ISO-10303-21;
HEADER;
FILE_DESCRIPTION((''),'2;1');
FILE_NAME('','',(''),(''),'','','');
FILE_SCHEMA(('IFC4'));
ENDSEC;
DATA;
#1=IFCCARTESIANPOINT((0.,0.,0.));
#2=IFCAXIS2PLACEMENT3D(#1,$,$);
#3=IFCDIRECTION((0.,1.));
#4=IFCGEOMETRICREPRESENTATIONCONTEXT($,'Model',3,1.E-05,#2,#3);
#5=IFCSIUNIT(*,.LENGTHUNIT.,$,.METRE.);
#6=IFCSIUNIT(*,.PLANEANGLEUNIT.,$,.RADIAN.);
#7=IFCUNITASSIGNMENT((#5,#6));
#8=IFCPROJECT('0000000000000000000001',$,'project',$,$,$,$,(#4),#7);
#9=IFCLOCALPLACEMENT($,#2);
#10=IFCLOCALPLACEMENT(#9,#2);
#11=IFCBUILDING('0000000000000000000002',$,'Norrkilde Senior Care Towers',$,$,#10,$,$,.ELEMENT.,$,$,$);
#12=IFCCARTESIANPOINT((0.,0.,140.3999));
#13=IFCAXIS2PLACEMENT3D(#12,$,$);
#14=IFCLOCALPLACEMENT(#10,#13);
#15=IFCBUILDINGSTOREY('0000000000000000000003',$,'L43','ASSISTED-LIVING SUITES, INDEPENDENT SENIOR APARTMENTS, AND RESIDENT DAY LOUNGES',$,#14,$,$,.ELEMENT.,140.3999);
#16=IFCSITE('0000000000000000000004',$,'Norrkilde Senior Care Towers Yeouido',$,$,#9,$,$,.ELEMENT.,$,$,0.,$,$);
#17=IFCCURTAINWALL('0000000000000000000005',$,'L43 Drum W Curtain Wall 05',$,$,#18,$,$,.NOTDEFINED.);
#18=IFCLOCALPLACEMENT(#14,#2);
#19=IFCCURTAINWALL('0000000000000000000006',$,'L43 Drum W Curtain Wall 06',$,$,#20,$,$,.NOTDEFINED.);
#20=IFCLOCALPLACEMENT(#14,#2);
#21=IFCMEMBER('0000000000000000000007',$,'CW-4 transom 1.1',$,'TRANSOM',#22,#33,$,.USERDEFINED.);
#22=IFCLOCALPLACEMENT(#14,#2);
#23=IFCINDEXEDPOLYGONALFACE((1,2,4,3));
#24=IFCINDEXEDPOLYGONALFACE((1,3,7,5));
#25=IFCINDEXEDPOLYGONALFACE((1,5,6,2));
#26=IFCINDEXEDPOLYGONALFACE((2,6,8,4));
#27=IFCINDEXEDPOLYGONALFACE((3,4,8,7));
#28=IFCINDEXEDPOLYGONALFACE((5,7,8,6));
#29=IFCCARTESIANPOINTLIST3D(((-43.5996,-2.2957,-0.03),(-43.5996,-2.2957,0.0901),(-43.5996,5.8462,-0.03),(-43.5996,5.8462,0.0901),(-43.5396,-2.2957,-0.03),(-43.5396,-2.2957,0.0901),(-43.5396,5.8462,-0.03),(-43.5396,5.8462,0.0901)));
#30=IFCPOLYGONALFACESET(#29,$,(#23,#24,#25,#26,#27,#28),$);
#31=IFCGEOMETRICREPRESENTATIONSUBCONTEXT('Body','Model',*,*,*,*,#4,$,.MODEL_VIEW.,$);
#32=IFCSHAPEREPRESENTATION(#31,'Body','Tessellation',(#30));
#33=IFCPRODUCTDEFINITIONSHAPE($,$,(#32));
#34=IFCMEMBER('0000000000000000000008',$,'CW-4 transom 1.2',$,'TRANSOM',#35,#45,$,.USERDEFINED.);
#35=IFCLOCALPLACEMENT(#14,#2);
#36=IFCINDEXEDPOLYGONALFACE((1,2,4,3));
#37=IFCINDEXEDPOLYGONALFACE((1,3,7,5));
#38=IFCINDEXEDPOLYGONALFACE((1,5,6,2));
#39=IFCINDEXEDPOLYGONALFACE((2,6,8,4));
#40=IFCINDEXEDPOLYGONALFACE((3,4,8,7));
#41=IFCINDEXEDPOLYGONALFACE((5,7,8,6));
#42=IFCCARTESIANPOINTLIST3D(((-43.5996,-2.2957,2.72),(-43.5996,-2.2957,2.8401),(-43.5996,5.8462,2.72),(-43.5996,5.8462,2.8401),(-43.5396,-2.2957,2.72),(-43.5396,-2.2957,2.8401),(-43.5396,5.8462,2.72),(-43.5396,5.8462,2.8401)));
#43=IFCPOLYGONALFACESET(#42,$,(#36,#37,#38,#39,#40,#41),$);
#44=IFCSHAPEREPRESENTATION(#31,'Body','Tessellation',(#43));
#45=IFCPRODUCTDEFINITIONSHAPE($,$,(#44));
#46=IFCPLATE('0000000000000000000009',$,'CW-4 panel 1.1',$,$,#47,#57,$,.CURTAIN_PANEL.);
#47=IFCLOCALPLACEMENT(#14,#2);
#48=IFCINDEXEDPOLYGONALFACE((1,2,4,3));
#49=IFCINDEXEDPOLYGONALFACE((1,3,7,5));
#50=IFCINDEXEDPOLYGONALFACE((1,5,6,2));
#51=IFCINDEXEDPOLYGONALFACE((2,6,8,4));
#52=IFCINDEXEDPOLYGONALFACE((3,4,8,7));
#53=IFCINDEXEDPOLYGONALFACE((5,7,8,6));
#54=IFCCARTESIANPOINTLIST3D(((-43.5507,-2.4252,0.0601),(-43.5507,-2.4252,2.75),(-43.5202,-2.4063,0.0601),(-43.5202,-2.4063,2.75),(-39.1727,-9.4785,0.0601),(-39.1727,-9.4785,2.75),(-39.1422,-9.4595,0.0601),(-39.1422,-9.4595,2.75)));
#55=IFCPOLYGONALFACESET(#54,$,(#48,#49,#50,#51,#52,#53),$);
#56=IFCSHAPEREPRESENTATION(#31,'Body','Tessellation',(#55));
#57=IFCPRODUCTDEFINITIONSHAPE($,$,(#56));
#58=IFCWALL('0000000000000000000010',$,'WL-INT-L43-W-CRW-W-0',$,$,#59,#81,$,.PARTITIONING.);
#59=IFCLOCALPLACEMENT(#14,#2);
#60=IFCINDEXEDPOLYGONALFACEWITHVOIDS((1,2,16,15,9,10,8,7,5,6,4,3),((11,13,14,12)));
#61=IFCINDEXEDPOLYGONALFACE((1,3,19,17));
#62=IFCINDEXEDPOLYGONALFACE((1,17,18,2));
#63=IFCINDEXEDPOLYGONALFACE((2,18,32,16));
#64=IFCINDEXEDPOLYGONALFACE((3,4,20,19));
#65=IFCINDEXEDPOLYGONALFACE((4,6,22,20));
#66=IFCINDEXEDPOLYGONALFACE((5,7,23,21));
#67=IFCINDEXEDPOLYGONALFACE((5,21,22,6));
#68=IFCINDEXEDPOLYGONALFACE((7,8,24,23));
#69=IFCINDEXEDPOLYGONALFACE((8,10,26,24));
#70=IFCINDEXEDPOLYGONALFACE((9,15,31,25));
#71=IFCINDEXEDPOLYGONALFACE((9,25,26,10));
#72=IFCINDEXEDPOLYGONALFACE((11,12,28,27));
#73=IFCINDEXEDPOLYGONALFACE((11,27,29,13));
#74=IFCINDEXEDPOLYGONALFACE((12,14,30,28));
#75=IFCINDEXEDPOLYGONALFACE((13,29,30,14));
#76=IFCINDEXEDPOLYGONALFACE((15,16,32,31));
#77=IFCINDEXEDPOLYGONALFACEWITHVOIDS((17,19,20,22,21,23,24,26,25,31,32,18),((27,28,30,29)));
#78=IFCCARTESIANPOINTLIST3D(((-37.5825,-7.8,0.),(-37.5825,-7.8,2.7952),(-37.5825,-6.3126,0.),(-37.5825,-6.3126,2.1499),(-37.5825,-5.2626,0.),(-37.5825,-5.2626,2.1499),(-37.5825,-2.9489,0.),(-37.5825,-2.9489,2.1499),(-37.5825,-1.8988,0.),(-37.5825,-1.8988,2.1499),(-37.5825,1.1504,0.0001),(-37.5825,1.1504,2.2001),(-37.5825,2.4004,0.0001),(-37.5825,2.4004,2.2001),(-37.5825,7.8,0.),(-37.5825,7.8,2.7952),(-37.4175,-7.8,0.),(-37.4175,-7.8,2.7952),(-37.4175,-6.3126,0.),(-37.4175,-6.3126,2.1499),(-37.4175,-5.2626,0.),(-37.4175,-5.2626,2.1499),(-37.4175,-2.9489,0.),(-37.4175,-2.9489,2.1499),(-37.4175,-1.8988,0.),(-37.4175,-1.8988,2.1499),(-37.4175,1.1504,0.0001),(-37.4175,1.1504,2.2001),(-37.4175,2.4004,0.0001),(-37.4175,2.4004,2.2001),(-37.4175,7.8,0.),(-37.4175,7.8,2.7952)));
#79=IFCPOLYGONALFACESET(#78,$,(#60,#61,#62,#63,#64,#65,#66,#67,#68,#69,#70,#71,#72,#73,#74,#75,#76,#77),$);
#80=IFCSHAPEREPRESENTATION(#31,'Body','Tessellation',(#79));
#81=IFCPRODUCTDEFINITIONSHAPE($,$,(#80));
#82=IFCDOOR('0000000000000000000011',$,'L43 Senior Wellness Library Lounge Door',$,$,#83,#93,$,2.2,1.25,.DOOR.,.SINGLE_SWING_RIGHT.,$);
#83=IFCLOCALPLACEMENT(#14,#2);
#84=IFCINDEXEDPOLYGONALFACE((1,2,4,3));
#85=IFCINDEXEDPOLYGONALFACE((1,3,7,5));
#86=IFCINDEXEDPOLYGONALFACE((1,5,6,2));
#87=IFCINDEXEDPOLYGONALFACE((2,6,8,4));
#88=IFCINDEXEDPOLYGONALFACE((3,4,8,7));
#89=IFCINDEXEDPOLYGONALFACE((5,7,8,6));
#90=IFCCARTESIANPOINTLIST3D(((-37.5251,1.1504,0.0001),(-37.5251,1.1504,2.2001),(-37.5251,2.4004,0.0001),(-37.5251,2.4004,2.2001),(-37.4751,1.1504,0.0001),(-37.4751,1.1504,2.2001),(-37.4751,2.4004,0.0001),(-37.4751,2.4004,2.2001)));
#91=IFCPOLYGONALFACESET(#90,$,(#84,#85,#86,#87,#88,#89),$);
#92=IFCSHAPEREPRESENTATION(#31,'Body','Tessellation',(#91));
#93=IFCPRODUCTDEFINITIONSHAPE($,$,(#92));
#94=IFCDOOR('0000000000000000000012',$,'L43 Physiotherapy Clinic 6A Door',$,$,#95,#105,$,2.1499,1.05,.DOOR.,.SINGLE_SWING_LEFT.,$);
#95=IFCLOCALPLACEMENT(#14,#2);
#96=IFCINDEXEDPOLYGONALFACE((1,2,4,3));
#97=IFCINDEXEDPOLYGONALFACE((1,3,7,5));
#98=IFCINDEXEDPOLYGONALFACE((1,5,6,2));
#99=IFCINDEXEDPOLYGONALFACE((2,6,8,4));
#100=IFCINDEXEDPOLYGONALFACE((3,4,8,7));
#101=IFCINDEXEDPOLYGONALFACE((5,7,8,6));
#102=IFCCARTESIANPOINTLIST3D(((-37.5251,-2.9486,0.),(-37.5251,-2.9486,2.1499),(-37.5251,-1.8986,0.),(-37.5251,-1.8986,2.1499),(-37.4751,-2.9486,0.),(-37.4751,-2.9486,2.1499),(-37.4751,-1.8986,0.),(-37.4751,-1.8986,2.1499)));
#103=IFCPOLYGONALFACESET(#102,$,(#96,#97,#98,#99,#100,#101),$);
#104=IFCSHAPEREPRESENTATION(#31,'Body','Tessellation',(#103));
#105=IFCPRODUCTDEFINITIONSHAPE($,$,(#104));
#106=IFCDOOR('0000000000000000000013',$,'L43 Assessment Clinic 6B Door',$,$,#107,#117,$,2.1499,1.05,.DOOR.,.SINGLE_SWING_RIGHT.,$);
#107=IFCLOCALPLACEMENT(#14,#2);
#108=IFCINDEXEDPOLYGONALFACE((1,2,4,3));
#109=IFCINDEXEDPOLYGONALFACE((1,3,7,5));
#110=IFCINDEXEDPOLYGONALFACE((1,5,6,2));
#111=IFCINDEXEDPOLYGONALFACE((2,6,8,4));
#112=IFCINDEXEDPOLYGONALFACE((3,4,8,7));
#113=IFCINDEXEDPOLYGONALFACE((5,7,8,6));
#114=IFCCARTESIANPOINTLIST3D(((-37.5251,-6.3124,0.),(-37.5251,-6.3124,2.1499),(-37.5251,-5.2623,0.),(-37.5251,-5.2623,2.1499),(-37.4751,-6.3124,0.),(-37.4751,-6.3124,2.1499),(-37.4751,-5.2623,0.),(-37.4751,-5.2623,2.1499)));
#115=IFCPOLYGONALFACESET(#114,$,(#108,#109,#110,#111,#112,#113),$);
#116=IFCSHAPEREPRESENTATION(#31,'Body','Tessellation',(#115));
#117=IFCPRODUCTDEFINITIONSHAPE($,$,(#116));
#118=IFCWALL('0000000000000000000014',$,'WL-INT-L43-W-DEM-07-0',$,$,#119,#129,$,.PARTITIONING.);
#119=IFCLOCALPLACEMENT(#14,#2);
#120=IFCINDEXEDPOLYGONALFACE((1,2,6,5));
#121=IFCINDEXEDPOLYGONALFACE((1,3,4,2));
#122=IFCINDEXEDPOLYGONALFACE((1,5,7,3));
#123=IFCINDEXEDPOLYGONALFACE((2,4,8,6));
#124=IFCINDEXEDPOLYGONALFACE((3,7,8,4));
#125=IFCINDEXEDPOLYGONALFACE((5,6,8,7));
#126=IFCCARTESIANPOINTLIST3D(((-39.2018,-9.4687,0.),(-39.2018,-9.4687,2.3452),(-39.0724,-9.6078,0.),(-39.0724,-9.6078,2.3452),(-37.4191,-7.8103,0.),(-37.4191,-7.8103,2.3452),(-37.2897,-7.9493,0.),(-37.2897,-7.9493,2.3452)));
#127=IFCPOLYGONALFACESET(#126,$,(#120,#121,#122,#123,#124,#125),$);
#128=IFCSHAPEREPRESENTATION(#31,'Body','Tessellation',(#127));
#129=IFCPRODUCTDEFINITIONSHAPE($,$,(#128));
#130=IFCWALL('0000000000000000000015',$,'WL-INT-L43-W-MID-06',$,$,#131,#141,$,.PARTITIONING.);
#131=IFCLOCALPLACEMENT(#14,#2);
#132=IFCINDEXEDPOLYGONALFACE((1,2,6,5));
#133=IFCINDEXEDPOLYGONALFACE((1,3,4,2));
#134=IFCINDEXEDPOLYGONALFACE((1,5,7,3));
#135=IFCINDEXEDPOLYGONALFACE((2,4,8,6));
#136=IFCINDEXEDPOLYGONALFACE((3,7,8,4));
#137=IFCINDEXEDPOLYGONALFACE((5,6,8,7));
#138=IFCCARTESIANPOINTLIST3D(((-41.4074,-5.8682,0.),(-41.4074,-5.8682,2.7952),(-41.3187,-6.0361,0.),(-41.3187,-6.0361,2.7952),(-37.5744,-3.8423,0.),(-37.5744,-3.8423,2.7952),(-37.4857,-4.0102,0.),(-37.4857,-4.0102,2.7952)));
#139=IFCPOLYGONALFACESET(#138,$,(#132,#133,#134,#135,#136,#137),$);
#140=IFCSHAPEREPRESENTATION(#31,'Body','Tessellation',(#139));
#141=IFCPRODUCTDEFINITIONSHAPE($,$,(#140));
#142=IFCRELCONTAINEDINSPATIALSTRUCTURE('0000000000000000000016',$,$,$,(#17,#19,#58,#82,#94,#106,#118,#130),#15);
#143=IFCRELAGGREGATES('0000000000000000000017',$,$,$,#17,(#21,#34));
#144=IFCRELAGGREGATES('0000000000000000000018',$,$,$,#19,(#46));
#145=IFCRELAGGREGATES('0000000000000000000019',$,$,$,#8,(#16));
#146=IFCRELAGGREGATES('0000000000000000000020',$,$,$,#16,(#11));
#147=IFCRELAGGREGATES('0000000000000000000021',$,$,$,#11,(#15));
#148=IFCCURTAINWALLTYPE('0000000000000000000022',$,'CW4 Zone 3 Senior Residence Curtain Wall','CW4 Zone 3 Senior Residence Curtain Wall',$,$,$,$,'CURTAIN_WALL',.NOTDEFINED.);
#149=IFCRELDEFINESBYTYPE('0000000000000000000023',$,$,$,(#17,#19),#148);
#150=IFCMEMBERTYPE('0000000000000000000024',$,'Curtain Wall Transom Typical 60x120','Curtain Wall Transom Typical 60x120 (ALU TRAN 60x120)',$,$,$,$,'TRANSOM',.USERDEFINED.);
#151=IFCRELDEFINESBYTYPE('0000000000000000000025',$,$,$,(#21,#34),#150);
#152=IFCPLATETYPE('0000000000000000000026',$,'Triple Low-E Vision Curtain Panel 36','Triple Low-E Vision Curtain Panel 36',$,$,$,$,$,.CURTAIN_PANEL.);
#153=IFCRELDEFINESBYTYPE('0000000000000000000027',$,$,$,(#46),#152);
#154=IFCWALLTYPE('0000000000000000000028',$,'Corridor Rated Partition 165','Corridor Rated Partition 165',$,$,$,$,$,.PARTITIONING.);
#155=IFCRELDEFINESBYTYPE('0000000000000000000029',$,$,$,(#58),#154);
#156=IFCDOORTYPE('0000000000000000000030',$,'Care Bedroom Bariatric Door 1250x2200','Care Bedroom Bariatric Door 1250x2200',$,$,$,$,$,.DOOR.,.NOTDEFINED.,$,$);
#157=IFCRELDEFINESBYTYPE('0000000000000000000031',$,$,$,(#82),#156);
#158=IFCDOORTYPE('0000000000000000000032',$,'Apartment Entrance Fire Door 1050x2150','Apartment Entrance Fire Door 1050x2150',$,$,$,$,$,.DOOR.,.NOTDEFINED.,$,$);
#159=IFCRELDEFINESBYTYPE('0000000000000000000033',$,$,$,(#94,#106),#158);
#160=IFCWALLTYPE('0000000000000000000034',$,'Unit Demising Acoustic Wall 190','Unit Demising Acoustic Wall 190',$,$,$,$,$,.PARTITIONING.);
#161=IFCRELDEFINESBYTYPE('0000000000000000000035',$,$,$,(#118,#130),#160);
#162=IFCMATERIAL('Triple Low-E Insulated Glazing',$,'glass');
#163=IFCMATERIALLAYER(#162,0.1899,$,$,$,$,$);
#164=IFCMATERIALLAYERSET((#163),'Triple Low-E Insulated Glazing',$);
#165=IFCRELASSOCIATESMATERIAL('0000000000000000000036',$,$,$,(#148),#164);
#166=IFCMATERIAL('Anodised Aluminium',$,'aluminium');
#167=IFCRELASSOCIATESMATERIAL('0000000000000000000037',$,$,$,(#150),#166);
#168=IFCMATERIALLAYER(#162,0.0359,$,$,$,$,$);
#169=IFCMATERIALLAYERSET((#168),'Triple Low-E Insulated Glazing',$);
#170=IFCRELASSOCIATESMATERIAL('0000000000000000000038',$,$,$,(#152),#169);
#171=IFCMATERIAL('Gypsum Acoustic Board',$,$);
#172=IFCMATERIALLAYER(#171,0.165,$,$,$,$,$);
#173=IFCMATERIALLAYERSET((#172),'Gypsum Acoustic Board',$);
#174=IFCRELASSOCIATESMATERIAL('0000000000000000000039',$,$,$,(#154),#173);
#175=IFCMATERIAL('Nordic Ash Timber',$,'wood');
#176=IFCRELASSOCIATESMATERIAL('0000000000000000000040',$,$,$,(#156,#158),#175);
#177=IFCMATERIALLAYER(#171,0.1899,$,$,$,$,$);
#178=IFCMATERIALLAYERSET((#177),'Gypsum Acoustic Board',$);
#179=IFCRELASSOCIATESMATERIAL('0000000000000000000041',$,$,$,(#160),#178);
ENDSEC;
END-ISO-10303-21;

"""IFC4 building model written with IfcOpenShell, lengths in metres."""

from ifc_helpers import new_model, si_unit, direction, frame, frame_2d, origin, origin_2d, place, context, subcontext, project, spatial, rectangle, extrude, source, transform, mapped, material, layer, layer_set, material_profile, profile_set, type_object, type_shapes, element, fill, aggregate, save


model = new_model("IFC4")

# Units and contexts
model_context = context("Model", 3, precision=1e-05, world=origin(), true_north=direction((0.0, 1.0)))
body_context = subcontext(model_context, "Body", "Model", "MODEL_VIEW")
ifc_project = project(units=[si_unit("LENGTHUNIT", "METRE"), si_unit("PLANEANGLEUNIT", "RADIAN")], contexts=[model_context])

# Site, building, storey
site_placement = place(None, origin())
site = spatial("IfcSite", under=ifc_project, at=site_placement, Name="Norrkilde Senior Care Towers Yeouido", CompositionType="ELEMENT", RefElevation=0.0)
building_placement = place(site_placement, origin())
building = spatial("IfcBuilding", under=site, at=building_placement, Name="Norrkilde Senior Care Towers", CompositionType="ELEMENT")
storey_placement = place(building_placement, frame((0.0, 0.0, 140.3999)))
storey = spatial("IfcBuildingStorey", under=building, at=storey_placement, Name="L43", Description="ASSISTED-LIVING SUITES, INDEPENDENT SENIOR APARTMENTS, AND RESIDENT DAY LOUNGES", CompositionType="ELEMENT", Elevation=140.3999)

# Curtain wall
ifc_material_1 = material(Name="Triple Low-E Insulated Glazing", Category="glass")
ifc_layer_1 = layer(ifc_material_1, 0.1899)
ifc_layer_set_1 = layer_set([ifc_layer_1], Name="Triple Low-E Insulated Glazing")
curtain_wall_type = type_object("IfcCurtainWallType", Name="CW4 Zone 3 Senior Residence Curtain Wall", Description="CW4 Zone 3 Senior Residence Curtain Wall", ElementType="CURTAIN_WALL", PredefinedType="NOTDEFINED", material=ifc_layer_set_1)
curtain_wall_1_placement = place(storey_placement, origin())
curtain_wall_1 = element("IfcCurtainWall", 1, at=curtain_wall_1_placement, inside=storey, type_object=curtain_wall_type, Name="L43 Drum W Curtain Wall 05", PredefinedType="NOTDEFINED")
ifc_material_2 = material(Name="Anodised Aluminium", Category="aluminium")

# Curtain wall
curtain_wall_2_placement = place(storey_placement, origin())
curtain_wall_2 = element("IfcCurtainWall", 2, at=curtain_wall_2_placement, inside=storey, type_object=curtain_wall_type, Name="L43 Drum W Curtain Wall 06", PredefinedType="NOTDEFINED")

# Members
ifc_material_profile_1 = material_profile(ifc_material_2, rectangle(XDim=0.0601, YDim=0.1201, at=origin_2d()), Name="ALU TRAN 60x120")
ifc_profile_set_1 = profile_set([ifc_material_profile_1], Name="Anodised Aluminium")
member_type_1 = type_object("IfcMemberType", Name="Curtain Wall Transom Typical 60x120", Description="Curtain Wall Transom Typical 60x120 (ALU TRAN 60x120)", ElementType="TRANSOM", PredefinedType="USERDEFINED", material=ifc_profile_set_1)
shared_shape_1 = source(origin(), body_context, "Body", "SweptSolid", [
    extrude(rectangle(XDim=0.0601, YDim=0.1201, at=origin_2d()), origin(), (0.0, 0.0, 1.0), 8.1418),
])
member_1_placement = place(storey_placement, frame((-43.5696, -2.2957, 0.03), z_axis=(0.0, 1.0, 0.0), x_axis=(-1.0, 0.0, 0.0)))
member_1 = element("IfcMember", 3, at=member_1_placement, type_object=member_type_1, Name="CW-4 transom 1.1", ObjectType="TRANSOM", PredefinedType="USERDEFINED", context=body_context, shape_type="MappedRepresentation", body=[
    mapped(shared_shape_1, transform((0.0, 0.0, 0.0), x_axis=(1.0, 0.0, 0.0), y_axis=(0.0, 1.0, 0.0), z_axis=(0.0, 0.0, 1.0), scale=1.0)),
])
member_2_placement = place(storey_placement, frame((-43.5696, -2.2957, 2.78), z_axis=(0.0, 1.0, 0.0), x_axis=(-1.0, 0.0, 0.0)))
member_2 = element("IfcMember", 4, at=member_2_placement, type_object=member_type_1, Name="CW-4 transom 1.2", ObjectType="TRANSOM", PredefinedType="USERDEFINED", context=body_context, shape_type="MappedRepresentation", body=[
    mapped(shared_shape_1, transform((0.0, 0.0, 0.0), x_axis=(1.0, 0.0, 0.0), y_axis=(0.0, 1.0, 0.0), z_axis=(0.0, 0.0, 1.0), scale=1.0)),
])
aggregate(curtain_wall_1, [member_1, member_2])

# Plate
ifc_layer_2 = layer(ifc_material_1, 0.0359)
ifc_layer_set_2 = layer_set([ifc_layer_2], Name="Triple Low-E Insulated Glazing")
plate_type = type_object("IfcPlateType", Name="Triple Low-E Vision Curtain Panel 36", Description="Triple Low-E Vision Curtain Panel 36", PredefinedType="CURTAIN_PANEL", material=ifc_layer_set_2)
shared_shape_2 = source(origin(), body_context, "Body", "SweptSolid", [
    extrude(rectangle(XDim=8.3015, YDim=0.0359, at=origin_2d()), origin(), (0.0, 0.0, 1.0), 2.6899),
])
type_shapes(plate_type, [shared_shape_2])
plate_placement = place(storey_placement, frame((-41.3464, -5.9424, 0.0601), z_axis=(0.0, 0.0, 1.0), x_axis=(-0.527373, 0.849634, 0.0)))
plate = element("IfcPlate", 5, at=plate_placement, type_object=plate_type, Name="CW-4 panel 1.1", PredefinedType="CURTAIN_PANEL", context=body_context, shape_type="MappedRepresentation", body=[
    mapped(shared_shape_2, transform((0.0, 0.0, 0.0), x_axis=(1.0, 0.0, 0.0), y_axis=(0.0, 1.0, 0.0), z_axis=(0.0, 0.0, 1.0), scale=1.0)),
])
aggregate(curtain_wall_2, [plate])

# Wall, openings, doors
ifc_material_3 = material(Name="Gypsum Acoustic Board")
ifc_layer_3 = layer(ifc_material_3, 0.165)
ifc_layer_set_3 = layer_set([ifc_layer_3], Name="Gypsum Acoustic Board")
wall_type_1 = type_object("IfcWallType", Name="Corridor Rated Partition 165", Description="Corridor Rated Partition 165", PredefinedType="PARTITIONING", material=ifc_layer_set_3)
shared_shape_3 = source(origin(), body_context, "Body", "SweptSolid", [
    extrude(rectangle(XDim=15.6001, YDim=0.165, at=frame_2d((7.8, 0.0))), origin(), (0.0, 0.0, 1.0), 2.7952),
])
type_shapes(wall_type_1, [shared_shape_3])
wall_1_placement = place(storey_placement, frame((-37.5, -7.8, 0.0), z_axis=(0.0, 0.0, 1.0), x_axis=(0.0, 1.0, 0.0)))
wall_1 = element("IfcWall", 6, at=wall_1_placement, inside=storey, type_object=wall_type_1, Name="WL-INT-L43-W-CRW-W-0", PredefinedType="PARTITIONING", context=body_context, shape_type="MappedRepresentation", body=[
    mapped(shared_shape_3, transform((0.0, 0.0, 0.0), x_axis=(1.0, 0.0, 0.0), y_axis=(0.0, 1.0, 0.0), z_axis=(0.0, 0.0, 1.0), scale=1.0)),
])
opening_1_placement = place(wall_1_placement, frame((8.9504, 0.0, 0.0)))
opening_1 = element("IfcOpeningElement", 7, at=opening_1_placement, cuts=wall_1, PredefinedType="OPENING", context=body_context, shape_type="SweptSolid", body=[
    extrude(rectangle(XDim=1.25, YDim=2.2, at=frame_2d((0.625, 1.1001))), frame((0.0, 0.0925, 0.0), z_axis=(0.0, -1.0, 0.0), x_axis=(1.0, 0.0, 0.0)), (0.0, 0.0, 1.0), 0.1851),
])
opening_2_placement = place(wall_1_placement, frame((4.8513, 0.0, 0.0)))
opening_2 = element("IfcOpeningElement", 8, at=opening_2_placement, cuts=wall_1, PredefinedType="OPENING", context=body_context, shape_type="SweptSolid", body=[
    extrude(rectangle(XDim=1.05, YDim=2.1499, at=frame_2d((0.5249, 1.075))), frame((0.0, 0.0925, 0.0), z_axis=(0.0, -1.0, 0.0), x_axis=(1.0, 0.0, 0.0)), (0.0, 0.0, 1.0), 0.1851),
])
opening_3_placement = place(wall_1_placement, frame((1.4875, 0.0, 0.0)))
opening_3 = element("IfcOpeningElement", 9, at=opening_3_placement, cuts=wall_1, PredefinedType="OPENING", context=body_context, shape_type="SweptSolid", body=[
    extrude(rectangle(XDim=1.05, YDim=2.1499, at=frame_2d((0.5249, 1.075))), frame((0.0, 0.0925, 0.0), z_axis=(0.0, -1.0, 0.0), x_axis=(1.0, 0.0, 0.0)), (0.0, 0.0, 1.0), 0.1851),
])
ifc_material_4 = material(Name="Nordic Ash Timber", Category="wood")
door_type_1 = type_object("IfcDoorType", Name="Care Bedroom Bariatric Door 1250x2200", Description="Care Bedroom Bariatric Door 1250x2200", OperationType="NOTDEFINED", PredefinedType="DOOR", material=ifc_material_4)
shared_shape_4 = source(origin(), body_context, "Body", "SweptSolid", [
    extrude(rectangle(XDim=1.25, YDim=2.2, at=frame_2d((0.625, 1.1001))), frame((0.0, 0.0249, 0.0), z_axis=(0.0, -1.0, 0.0), x_axis=(1.0, 0.0, 0.0)), (0.0, 0.0, 1.0), 0.05),
])
type_shapes(door_type_1, [shared_shape_4])
door_1_placement = place(opening_1_placement, frame((1.25, 0.0, 0.0), z_axis=(0.0, 0.0, 1.0), x_axis=(-1.0, 0.0, 0.0)))
door_1 = element("IfcDoor", 10, at=door_1_placement, inside=storey, type_object=door_type_1, Name="L43 Senior Wellness Library Lounge Door", OperationType="SINGLE_SWING_RIGHT", OverallHeight=2.2, OverallWidth=1.25, PredefinedType="DOOR", context=body_context, shape_type="MappedRepresentation", body=[
    mapped(shared_shape_4, transform((0.0, 0.0, 0.0), x_axis=(1.0, 0.0, 0.0), y_axis=(0.0, 1.0, 0.0), z_axis=(0.0, 0.0, 1.0), scale=1.0)),
])
fill(opening_1, door_1)
door_type_2 = type_object("IfcDoorType", Name="Apartment Entrance Fire Door 1050x2150", Description="Apartment Entrance Fire Door 1050x2150", OperationType="NOTDEFINED", PredefinedType="DOOR", material=ifc_material_4)
shared_shape_5 = source(origin(), body_context, "Body", "SweptSolid", [
    extrude(rectangle(XDim=1.05, YDim=2.1499, at=frame_2d((0.5249, 1.075))), frame((0.0, 0.0249, 0.0), z_axis=(0.0, -1.0, 0.0), x_axis=(1.0, 0.0, 0.0)), (0.0, 0.0, 1.0), 0.05),
])
type_shapes(door_type_2, [shared_shape_5])
door_2_placement = place(opening_2_placement, frame((1.05, 0.0, 0.0), z_axis=(0.0, 0.0, 1.0), x_axis=(-1.0, 0.0, 0.0)))
door_2 = element("IfcDoor", 11, at=door_2_placement, inside=storey, type_object=door_type_2, Name="L43 Physiotherapy Clinic 6A Door", OperationType="SINGLE_SWING_LEFT", OverallHeight=2.1499, OverallWidth=1.05, PredefinedType="DOOR", context=body_context, shape_type="MappedRepresentation", body=[
    mapped(shared_shape_5, transform((0.0, 0.0, 0.0), x_axis=(1.0, 0.0, 0.0), y_axis=(0.0, 1.0, 0.0), z_axis=(0.0, 0.0, 1.0), scale=1.0)),
])
fill(opening_2, door_2)
door_3_placement = place(opening_3_placement, frame((1.05, 0.0, 0.0), z_axis=(0.0, 0.0, 1.0), x_axis=(-1.0, 0.0, 0.0)))
door_3 = element("IfcDoor", 12, at=door_3_placement, inside=storey, type_object=door_type_2, Name="L43 Assessment Clinic 6B Door", OperationType="SINGLE_SWING_RIGHT", OverallHeight=2.1499, OverallWidth=1.05, PredefinedType="DOOR", context=body_context, shape_type="MappedRepresentation", body=[
    mapped(shared_shape_5, transform((0.0, 0.0, 0.0), x_axis=(1.0, 0.0, 0.0), y_axis=(0.0, 1.0, 0.0), z_axis=(0.0, 0.0, 1.0), scale=1.0)),
])
fill(opening_3, door_3)

# Walls
ifc_layer_4 = layer(ifc_material_3, 0.1899)
ifc_layer_set_4 = layer_set([ifc_layer_4], Name="Gypsum Acoustic Board")
wall_type_2 = type_object("IfcWallType", Name="Unit Demising Acoustic Wall 190", Description="Unit Demising Acoustic Wall 190", PredefinedType="PARTITIONING", material=ifc_layer_set_4)
shared_shape_6 = source(origin(), body_context, "Body", "SweptSolid", [
    extrude(rectangle(XDim=2.4348, YDim=0.1899, at=frame_2d((1.2173, 0.0))), origin(), (0.0, 0.0, 1.0), 2.3452),
])
wall_2_placement = place(storey_placement, frame((-37.3545, -7.8799, 0.0), z_axis=(0.0, 0.0, 1.0), x_axis=(-0.732165, -0.681128, 0.0)))
element("IfcWall", 13, at=wall_2_placement, inside=storey, type_object=wall_type_2, Name="WL-INT-L43-W-DEM-07-0", PredefinedType="PARTITIONING", context=body_context, shape_type="MappedRepresentation", body=[
    mapped(shared_shape_6, transform((0.0, 0.0, 0.0), x_axis=(1.0, 0.0, 0.0), y_axis=(0.0, 1.0, 0.0), z_axis=(0.0, 0.0, 1.0), scale=1.0)),
])
shared_shape_7 = source(origin(), body_context, "Body", "SweptSolid", [
    extrude(rectangle(XDim=4.3354, YDim=0.1899, at=frame_2d((2.1677, 0.0))), origin(), (0.0, 0.0, 1.0), 2.7952),
])
type_shapes(wall_type_2, [shared_shape_6, shared_shape_7])
wall_3_placement = place(storey_placement, frame((-37.53, -3.9263, 0.0), z_axis=(0.0, 0.0, 1.0), x_axis=(-0.884108, -0.467282, 0.0)))
element("IfcWall", 14, at=wall_3_placement, inside=storey, type_object=wall_type_2, Name="WL-INT-L43-W-MID-06", PredefinedType="PARTITIONING", context=body_context, shape_type="MappedRepresentation", body=[
    mapped(shared_shape_7, transform((0.0, 0.0, 0.0), x_axis=(1.0, 0.0, 0.0), y_axis=(0.0, 1.0, 0.0), z_axis=(0.0, 0.0, 1.0), scale=1.0)),
])

save(model, "model.ifc")
